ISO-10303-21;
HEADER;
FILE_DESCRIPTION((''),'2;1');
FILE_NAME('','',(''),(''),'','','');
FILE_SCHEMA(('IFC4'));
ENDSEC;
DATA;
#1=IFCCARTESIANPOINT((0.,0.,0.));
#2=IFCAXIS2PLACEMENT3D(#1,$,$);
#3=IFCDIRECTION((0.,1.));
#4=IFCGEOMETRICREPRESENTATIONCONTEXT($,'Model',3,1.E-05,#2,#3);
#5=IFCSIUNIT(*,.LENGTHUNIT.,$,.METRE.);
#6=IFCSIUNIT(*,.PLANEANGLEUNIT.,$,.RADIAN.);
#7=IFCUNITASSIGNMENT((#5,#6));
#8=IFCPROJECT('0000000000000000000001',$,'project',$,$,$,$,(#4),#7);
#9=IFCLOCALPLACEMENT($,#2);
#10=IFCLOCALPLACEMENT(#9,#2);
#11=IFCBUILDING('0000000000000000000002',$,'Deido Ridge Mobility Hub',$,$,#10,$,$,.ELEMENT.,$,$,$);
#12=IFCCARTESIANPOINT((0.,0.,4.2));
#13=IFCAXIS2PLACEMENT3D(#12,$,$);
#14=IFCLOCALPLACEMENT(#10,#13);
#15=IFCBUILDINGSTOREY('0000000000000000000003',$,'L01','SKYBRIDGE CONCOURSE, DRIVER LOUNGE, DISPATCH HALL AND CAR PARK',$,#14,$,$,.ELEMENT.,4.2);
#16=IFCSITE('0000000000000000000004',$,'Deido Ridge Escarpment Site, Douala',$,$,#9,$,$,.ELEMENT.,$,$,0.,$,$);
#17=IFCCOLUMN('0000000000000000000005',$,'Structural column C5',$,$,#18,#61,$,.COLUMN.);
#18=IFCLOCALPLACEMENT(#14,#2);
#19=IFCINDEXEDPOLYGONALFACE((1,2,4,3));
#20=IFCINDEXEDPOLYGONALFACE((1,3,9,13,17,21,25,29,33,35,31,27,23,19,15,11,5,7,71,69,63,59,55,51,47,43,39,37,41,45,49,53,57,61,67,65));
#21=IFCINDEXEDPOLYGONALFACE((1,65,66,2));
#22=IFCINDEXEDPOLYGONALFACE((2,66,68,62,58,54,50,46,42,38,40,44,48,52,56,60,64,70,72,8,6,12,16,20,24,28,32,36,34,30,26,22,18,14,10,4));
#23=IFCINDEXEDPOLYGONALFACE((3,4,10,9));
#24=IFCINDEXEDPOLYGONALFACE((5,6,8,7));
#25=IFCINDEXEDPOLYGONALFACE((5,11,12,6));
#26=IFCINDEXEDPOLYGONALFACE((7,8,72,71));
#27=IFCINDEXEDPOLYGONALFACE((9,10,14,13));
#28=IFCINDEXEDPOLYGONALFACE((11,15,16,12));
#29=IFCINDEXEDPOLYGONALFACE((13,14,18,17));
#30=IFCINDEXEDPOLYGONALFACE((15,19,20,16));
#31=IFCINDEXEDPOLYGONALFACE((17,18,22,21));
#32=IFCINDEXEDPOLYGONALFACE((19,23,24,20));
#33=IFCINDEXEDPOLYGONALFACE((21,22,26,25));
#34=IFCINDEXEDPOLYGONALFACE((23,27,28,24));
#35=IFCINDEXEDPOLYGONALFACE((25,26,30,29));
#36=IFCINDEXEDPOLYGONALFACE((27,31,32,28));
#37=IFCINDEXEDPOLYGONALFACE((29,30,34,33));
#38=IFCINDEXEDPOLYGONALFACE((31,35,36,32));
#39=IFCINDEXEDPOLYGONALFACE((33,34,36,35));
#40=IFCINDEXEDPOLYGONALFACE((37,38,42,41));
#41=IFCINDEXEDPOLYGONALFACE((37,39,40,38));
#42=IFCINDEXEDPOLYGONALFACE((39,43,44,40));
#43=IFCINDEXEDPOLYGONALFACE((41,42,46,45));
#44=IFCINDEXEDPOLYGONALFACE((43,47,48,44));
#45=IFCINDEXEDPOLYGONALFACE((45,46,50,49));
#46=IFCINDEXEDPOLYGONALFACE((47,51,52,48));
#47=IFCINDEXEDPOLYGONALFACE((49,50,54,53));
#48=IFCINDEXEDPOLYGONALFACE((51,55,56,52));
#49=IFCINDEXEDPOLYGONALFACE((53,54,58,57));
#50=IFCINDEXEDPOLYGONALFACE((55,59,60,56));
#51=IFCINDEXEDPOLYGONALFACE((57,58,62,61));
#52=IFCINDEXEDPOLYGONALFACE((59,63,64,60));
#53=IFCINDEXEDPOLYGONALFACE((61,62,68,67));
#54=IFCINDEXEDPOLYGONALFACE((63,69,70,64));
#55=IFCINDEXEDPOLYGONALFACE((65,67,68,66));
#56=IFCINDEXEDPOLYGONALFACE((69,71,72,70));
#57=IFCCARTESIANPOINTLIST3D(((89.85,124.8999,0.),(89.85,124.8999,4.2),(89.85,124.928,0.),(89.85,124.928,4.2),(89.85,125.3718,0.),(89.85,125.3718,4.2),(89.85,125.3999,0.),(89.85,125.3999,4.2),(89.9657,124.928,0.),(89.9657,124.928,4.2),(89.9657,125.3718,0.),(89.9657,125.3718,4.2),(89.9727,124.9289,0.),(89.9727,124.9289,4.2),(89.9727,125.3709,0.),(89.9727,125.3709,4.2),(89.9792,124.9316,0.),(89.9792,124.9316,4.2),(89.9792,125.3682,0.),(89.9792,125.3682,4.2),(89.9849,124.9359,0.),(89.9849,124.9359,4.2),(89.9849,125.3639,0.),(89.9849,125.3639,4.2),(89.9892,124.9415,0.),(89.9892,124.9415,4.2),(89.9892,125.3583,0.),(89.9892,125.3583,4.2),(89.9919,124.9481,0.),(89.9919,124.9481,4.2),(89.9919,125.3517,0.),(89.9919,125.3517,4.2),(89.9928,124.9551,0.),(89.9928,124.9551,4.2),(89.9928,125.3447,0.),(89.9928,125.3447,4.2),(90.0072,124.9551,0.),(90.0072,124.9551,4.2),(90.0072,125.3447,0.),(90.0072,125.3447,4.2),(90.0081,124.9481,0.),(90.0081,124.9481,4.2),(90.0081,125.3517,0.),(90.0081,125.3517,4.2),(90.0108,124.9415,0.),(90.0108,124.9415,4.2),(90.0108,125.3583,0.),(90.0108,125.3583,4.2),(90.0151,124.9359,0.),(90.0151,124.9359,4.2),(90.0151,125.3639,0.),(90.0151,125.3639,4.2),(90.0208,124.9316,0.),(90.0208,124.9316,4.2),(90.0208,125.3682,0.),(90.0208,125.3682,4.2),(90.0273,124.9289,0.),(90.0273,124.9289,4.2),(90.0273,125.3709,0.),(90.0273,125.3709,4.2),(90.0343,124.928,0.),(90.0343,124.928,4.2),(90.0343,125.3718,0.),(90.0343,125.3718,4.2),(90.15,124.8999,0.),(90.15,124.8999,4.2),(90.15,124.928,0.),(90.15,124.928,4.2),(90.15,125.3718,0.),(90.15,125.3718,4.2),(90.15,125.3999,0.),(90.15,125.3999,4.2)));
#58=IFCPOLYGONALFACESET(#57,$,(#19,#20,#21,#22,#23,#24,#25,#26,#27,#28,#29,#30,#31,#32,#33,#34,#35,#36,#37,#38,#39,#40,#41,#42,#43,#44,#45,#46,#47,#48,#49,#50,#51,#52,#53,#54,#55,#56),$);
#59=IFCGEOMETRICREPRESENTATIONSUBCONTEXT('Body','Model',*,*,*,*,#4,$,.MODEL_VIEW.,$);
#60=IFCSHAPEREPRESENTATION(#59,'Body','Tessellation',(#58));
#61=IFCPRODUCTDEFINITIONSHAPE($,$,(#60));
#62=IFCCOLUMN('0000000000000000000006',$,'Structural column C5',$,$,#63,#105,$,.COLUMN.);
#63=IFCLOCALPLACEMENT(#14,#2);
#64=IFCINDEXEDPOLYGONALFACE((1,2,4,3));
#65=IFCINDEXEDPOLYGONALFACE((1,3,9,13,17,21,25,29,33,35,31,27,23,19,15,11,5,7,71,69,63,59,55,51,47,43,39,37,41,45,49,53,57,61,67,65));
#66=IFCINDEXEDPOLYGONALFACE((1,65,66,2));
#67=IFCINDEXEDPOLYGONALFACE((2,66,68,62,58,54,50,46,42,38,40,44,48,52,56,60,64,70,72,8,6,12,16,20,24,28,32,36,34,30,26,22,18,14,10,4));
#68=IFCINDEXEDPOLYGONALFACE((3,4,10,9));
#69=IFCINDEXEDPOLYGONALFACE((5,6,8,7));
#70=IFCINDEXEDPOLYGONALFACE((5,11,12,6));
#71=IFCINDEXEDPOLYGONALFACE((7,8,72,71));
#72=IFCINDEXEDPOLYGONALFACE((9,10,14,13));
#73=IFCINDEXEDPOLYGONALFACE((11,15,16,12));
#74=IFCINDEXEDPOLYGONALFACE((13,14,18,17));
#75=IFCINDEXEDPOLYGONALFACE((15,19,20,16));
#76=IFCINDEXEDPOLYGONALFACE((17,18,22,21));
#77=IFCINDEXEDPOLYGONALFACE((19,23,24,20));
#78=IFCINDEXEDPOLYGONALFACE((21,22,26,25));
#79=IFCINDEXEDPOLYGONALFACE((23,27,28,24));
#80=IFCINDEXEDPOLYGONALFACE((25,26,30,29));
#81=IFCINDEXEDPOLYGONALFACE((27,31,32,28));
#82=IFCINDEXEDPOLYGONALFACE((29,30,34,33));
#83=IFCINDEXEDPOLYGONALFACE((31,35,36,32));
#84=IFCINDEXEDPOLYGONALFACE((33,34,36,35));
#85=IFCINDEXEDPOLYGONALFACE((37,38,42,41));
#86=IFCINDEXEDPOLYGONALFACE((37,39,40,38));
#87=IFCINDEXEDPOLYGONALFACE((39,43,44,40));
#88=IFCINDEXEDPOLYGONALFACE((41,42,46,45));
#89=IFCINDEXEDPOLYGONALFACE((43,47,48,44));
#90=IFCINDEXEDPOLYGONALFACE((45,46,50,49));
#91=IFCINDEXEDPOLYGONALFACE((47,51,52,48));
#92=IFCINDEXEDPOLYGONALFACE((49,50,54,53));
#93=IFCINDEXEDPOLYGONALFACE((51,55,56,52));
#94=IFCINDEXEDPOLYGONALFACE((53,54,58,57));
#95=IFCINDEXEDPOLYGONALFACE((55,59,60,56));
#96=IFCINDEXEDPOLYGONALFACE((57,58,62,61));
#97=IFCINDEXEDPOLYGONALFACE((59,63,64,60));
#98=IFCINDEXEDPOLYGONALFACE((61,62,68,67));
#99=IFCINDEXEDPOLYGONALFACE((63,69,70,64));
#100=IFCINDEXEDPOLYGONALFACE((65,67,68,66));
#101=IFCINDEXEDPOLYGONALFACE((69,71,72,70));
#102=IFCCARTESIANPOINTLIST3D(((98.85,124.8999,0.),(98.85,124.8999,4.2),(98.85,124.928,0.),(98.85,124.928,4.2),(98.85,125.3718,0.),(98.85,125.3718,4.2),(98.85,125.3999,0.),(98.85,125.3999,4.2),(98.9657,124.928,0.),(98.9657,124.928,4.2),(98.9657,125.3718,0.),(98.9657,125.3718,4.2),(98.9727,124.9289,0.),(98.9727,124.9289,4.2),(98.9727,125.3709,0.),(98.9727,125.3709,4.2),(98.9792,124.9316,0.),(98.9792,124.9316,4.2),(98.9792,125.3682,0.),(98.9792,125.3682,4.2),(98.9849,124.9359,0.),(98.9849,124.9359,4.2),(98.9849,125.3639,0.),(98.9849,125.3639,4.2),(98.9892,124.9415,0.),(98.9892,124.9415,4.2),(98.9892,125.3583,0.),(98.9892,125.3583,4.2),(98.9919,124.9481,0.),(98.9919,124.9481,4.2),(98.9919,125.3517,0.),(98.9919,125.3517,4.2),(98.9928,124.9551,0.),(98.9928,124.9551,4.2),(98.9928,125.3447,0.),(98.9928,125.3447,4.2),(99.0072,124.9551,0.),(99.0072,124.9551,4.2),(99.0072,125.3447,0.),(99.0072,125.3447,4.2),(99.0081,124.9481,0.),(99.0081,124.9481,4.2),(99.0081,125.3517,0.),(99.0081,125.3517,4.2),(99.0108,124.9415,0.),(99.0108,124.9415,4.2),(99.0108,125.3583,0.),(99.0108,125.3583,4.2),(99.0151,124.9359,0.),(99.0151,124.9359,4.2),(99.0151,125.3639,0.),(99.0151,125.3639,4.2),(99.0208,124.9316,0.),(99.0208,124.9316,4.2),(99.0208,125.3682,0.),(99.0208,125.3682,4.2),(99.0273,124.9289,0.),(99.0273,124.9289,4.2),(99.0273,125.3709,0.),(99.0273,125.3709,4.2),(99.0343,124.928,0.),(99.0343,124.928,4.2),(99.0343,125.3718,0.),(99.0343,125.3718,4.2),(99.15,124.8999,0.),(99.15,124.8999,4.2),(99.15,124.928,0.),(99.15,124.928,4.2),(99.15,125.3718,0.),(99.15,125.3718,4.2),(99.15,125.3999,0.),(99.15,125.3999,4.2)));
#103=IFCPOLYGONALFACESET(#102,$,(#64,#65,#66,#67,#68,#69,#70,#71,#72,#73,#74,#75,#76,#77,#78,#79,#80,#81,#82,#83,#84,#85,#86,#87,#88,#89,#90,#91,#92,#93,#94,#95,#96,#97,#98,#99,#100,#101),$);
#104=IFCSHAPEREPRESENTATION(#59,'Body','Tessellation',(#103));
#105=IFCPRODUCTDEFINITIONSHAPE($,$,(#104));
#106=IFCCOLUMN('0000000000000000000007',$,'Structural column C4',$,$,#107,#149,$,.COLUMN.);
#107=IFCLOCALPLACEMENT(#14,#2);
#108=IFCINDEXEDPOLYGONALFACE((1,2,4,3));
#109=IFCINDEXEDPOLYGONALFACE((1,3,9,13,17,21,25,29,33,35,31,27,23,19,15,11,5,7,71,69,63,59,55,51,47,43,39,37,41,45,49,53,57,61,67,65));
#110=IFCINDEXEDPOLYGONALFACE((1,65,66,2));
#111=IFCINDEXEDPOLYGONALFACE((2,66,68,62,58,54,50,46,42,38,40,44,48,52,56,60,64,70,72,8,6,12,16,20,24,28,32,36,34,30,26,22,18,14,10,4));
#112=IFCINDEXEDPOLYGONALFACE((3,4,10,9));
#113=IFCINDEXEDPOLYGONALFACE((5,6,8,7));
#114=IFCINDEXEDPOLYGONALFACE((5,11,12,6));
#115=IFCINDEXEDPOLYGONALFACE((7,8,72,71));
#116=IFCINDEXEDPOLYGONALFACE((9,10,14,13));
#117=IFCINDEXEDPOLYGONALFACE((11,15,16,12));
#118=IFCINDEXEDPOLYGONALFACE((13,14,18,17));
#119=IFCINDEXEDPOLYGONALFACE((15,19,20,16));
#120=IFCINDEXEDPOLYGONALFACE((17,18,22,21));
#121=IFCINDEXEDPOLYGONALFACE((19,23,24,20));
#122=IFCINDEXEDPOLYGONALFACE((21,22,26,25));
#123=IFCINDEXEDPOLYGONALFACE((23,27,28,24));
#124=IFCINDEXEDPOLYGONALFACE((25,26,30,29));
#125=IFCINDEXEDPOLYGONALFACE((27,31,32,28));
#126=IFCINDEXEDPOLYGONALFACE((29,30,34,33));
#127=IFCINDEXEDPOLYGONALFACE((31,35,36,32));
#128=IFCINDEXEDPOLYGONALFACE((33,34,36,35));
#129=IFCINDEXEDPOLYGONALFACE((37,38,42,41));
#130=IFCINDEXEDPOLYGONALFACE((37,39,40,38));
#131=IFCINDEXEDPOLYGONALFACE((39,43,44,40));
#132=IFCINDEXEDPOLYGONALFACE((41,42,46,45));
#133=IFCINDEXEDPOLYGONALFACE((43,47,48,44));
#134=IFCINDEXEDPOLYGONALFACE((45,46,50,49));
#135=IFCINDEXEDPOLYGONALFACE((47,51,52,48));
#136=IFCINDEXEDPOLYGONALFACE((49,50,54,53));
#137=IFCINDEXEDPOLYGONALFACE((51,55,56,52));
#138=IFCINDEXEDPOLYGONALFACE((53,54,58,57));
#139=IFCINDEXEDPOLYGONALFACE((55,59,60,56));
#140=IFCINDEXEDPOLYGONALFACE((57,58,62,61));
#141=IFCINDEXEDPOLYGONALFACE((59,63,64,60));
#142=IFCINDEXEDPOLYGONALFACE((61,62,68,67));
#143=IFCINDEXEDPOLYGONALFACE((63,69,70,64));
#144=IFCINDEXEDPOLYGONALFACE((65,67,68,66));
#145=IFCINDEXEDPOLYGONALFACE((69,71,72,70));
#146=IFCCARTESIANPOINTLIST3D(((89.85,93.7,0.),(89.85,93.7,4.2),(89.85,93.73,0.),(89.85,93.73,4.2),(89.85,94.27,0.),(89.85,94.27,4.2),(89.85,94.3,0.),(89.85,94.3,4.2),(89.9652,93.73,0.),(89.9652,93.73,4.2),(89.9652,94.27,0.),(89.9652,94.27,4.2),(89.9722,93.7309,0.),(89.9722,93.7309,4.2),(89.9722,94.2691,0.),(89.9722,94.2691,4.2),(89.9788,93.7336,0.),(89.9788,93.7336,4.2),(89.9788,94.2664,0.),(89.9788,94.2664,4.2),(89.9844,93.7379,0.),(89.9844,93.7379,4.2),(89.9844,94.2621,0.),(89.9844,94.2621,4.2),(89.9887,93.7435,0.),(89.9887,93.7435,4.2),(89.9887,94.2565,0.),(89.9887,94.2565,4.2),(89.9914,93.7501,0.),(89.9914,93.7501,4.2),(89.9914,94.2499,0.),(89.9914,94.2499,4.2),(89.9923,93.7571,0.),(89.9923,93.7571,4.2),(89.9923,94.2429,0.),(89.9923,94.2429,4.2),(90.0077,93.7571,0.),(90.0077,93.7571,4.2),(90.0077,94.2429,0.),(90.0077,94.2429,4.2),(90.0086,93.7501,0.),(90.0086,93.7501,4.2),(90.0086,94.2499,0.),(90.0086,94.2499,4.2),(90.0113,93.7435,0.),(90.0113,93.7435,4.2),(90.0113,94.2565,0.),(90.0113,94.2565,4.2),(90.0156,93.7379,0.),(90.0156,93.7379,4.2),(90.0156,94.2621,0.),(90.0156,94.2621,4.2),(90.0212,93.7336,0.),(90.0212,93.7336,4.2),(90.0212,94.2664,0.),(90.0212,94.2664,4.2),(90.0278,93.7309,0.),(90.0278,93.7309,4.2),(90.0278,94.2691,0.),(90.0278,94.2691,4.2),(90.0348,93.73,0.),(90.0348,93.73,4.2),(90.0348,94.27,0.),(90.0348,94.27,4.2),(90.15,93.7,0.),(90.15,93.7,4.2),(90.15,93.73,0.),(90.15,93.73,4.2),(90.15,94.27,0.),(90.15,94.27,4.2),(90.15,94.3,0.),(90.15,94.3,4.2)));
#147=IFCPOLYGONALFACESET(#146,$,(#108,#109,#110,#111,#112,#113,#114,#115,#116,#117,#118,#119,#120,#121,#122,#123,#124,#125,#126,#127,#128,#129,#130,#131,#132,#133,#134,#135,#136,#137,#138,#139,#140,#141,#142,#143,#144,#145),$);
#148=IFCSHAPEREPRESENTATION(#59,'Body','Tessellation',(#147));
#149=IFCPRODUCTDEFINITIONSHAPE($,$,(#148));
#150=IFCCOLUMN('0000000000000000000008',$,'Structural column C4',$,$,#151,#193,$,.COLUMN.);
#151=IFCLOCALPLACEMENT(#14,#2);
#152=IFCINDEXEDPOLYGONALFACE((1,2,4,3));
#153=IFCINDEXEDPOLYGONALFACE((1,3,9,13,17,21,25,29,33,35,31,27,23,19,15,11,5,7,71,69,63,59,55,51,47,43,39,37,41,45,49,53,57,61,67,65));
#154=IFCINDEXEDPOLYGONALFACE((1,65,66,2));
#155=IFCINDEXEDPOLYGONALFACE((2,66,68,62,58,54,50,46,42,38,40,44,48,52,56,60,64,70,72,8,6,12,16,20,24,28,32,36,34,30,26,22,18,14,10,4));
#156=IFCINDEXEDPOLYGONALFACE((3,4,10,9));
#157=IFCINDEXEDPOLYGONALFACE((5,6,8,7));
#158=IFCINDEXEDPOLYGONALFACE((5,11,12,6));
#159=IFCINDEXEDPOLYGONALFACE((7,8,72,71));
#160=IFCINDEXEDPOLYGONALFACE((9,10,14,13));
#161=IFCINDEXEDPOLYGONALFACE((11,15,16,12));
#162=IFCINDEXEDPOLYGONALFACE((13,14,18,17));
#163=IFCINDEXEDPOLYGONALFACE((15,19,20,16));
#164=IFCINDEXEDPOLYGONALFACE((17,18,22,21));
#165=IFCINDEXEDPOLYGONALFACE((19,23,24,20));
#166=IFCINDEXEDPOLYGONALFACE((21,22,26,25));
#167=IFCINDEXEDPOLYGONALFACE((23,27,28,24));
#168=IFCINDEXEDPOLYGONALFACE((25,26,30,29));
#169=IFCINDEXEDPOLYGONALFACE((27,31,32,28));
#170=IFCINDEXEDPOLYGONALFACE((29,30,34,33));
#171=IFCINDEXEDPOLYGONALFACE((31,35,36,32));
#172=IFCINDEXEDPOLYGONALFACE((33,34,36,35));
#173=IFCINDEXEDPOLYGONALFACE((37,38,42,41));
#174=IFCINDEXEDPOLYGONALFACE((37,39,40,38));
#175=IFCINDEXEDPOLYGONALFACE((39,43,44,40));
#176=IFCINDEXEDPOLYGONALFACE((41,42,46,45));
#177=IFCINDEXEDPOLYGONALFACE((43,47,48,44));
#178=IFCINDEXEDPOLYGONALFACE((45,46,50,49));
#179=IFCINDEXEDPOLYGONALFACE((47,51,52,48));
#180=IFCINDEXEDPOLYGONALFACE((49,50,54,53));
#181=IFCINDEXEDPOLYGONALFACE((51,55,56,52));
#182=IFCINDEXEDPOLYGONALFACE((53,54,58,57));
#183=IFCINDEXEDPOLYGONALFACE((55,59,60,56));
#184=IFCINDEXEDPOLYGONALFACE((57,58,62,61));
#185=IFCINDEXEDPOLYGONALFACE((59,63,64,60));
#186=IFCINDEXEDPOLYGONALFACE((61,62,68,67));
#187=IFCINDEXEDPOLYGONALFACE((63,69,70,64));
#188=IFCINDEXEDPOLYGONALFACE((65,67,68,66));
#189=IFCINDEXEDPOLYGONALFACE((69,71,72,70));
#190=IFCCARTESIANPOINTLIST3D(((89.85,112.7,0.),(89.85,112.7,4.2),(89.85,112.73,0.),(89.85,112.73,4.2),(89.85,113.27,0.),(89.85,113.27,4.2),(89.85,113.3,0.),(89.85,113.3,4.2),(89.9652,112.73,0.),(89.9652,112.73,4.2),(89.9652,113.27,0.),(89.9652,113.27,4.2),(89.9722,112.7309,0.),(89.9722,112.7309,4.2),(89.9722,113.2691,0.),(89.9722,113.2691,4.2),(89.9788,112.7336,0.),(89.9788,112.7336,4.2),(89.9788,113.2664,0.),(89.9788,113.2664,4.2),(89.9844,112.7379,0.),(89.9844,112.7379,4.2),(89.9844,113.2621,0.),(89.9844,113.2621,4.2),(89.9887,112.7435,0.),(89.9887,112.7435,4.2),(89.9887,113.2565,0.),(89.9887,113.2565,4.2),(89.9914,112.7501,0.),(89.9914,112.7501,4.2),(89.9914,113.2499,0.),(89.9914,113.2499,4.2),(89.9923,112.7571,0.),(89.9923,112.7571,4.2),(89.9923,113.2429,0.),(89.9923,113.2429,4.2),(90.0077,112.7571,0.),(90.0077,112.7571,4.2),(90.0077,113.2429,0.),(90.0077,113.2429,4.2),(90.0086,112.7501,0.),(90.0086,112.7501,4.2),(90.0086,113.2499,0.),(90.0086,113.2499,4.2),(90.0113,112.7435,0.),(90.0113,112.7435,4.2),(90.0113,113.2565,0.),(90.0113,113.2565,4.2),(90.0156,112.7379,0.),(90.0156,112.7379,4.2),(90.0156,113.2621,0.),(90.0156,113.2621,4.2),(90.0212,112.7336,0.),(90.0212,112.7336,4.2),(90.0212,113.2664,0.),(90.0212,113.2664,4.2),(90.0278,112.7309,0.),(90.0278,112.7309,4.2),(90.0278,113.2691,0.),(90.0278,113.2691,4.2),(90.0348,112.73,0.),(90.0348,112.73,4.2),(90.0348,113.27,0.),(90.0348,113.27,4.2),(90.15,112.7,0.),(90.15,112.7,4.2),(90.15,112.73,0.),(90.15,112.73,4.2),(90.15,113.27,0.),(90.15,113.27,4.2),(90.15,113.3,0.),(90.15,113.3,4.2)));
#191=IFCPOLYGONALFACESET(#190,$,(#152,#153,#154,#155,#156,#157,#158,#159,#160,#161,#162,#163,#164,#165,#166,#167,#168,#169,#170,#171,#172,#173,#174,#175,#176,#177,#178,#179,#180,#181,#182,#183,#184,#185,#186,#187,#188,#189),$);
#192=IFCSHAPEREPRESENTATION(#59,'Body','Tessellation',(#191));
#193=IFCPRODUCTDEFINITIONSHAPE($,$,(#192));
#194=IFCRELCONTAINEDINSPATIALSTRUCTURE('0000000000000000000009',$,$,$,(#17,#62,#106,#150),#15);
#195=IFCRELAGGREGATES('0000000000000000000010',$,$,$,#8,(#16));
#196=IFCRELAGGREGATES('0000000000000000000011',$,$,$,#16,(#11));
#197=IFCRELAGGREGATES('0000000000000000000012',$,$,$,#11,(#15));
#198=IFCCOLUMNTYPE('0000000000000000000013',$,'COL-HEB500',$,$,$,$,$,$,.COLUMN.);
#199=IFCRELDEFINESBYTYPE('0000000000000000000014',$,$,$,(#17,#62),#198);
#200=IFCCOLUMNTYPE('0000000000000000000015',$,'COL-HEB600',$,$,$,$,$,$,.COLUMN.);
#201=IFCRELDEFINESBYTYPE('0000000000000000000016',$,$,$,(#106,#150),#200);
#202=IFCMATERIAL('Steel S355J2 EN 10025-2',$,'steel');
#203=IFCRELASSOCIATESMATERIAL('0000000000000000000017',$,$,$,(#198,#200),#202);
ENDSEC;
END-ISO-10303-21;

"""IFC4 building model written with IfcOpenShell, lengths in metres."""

from ifc_helpers import new_model, si_unit, direction, frame, origin, origin_2d, place, context, subcontext, project, spatial, i_section, extrude, material, material_profile, profile_set, type_object, element, save


model = new_model("IFC4")

# Units and contexts
model_context = context("Model", 3, precision=1e-05, world=origin(), true_north=direction((0.0, 1.0)))
body_context = subcontext(model_context, "Body", "Model", "MODEL_VIEW")
ifc_project = project(units=[si_unit("LENGTHUNIT", "METRE"), si_unit("PLANEANGLEUNIT", "RADIAN")], contexts=[model_context])

# Site, building, storey
site_placement = place(None, origin())
site = spatial("IfcSite", under=ifc_project, at=site_placement, Name="Deido Ridge Escarpment Site, Douala", CompositionType="ELEMENT", RefElevation=0.0)
building_placement = place(site_placement, origin())
building = spatial("IfcBuilding", under=site, at=building_placement, Name="Deido Ridge Mobility Hub", CompositionType="ELEMENT")
storey_placement = place(building_placement, frame((0.0, 0.0, 4.2)))
storey = spatial("IfcBuildingStorey", under=building, at=storey_placement, Name="L01", Description="SKYBRIDGE CONCOURSE, DRIVER LOUNGE, DISPATCH HALL AND CAR PARK", CompositionType="ELEMENT", Elevation=4.2)

# Columns
ifc_material_1 = material(Name="Steel S355J2 EN 10025-2", Category="steel")
ifc_material_profile_1 = material_profile(ifc_material_1, i_section(OverallWidth=0.3, OverallDepth=0.5, WebThickness=0.0144, FlangeThickness=0.0281, FilletRadius=0.0271, at=origin_2d()), Name="HEB 500")
ifc_profile_set_1 = profile_set([ifc_material_profile_1], Name="Steel S355J2 EN 10025-2")
column_type_1 = type_object("IfcColumnType", Name="COL-HEB500", PredefinedType="COLUMN", material=ifc_profile_set_1)
for number, where, z_axis, x_axis, name in (
    (1, (90.0, 125.1499, 0.0), (0.0, 0.0, 1.0), (1.0, 0.0, 0.0), "Structural column C5"),
    (2, (99.0, 125.1499, 0.0), (0.0, 0.0, 1.0), (1.0, 0.0, 0.0), "Structural column C5"),
):
    element("IfcColumn", number, at=place(storey_placement, frame(where, z_axis=z_axis, x_axis=x_axis)), inside=storey, type_object=column_type_1, Name=name, PredefinedType="COLUMN", context=body_context, shape_type="SweptSolid", body=[
        extrude(i_section(OverallWidth=0.3, OverallDepth=0.5, WebThickness=0.0144, FlangeThickness=0.0281, FilletRadius=0.0271, at=origin_2d()), origin(), (0.0, 0.0, 1.0), 4.2),
    ])
ifc_material_profile_2 = material_profile(ifc_material_1, i_section(OverallWidth=0.3, OverallDepth=0.6001, WebThickness=0.0154, FlangeThickness=0.03, FilletRadius=0.0271, at=origin_2d()), Name="HEB 600")
ifc_profile_set_2 = profile_set([ifc_material_profile_2], Name="Steel S355J2 EN 10025-2")
column_type_2 = type_object("IfcColumnType", Name="COL-HEB600", PredefinedType="COLUMN", material=ifc_profile_set_2)
for number, where, z_axis, x_axis, name in (
    (3, (90.0, 94.0, 0.0), (0.0, 0.0, 1.0), (1.0, 0.0, 0.0), "Structural column C4"),
    (4, (90.0, 113.0, 0.0), (0.0, 0.0, 1.0), (1.0, 0.0, 0.0), "Structural column C4"),
):
    element("IfcColumn", number, at=place(storey_placement, frame(where, z_axis=z_axis, x_axis=x_axis)), inside=storey, type_object=column_type_2, Name=name, PredefinedType="COLUMN", context=body_context, shape_type="SweptSolid", body=[
        extrude(i_section(OverallWidth=0.3, OverallDepth=0.6001, WebThickness=0.0154, FlangeThickness=0.03, FilletRadius=0.0271, at=origin_2d()), origin(), (0.0, 0.0, 1.0), 4.2),
    ])

save(model, "model.ifc")
